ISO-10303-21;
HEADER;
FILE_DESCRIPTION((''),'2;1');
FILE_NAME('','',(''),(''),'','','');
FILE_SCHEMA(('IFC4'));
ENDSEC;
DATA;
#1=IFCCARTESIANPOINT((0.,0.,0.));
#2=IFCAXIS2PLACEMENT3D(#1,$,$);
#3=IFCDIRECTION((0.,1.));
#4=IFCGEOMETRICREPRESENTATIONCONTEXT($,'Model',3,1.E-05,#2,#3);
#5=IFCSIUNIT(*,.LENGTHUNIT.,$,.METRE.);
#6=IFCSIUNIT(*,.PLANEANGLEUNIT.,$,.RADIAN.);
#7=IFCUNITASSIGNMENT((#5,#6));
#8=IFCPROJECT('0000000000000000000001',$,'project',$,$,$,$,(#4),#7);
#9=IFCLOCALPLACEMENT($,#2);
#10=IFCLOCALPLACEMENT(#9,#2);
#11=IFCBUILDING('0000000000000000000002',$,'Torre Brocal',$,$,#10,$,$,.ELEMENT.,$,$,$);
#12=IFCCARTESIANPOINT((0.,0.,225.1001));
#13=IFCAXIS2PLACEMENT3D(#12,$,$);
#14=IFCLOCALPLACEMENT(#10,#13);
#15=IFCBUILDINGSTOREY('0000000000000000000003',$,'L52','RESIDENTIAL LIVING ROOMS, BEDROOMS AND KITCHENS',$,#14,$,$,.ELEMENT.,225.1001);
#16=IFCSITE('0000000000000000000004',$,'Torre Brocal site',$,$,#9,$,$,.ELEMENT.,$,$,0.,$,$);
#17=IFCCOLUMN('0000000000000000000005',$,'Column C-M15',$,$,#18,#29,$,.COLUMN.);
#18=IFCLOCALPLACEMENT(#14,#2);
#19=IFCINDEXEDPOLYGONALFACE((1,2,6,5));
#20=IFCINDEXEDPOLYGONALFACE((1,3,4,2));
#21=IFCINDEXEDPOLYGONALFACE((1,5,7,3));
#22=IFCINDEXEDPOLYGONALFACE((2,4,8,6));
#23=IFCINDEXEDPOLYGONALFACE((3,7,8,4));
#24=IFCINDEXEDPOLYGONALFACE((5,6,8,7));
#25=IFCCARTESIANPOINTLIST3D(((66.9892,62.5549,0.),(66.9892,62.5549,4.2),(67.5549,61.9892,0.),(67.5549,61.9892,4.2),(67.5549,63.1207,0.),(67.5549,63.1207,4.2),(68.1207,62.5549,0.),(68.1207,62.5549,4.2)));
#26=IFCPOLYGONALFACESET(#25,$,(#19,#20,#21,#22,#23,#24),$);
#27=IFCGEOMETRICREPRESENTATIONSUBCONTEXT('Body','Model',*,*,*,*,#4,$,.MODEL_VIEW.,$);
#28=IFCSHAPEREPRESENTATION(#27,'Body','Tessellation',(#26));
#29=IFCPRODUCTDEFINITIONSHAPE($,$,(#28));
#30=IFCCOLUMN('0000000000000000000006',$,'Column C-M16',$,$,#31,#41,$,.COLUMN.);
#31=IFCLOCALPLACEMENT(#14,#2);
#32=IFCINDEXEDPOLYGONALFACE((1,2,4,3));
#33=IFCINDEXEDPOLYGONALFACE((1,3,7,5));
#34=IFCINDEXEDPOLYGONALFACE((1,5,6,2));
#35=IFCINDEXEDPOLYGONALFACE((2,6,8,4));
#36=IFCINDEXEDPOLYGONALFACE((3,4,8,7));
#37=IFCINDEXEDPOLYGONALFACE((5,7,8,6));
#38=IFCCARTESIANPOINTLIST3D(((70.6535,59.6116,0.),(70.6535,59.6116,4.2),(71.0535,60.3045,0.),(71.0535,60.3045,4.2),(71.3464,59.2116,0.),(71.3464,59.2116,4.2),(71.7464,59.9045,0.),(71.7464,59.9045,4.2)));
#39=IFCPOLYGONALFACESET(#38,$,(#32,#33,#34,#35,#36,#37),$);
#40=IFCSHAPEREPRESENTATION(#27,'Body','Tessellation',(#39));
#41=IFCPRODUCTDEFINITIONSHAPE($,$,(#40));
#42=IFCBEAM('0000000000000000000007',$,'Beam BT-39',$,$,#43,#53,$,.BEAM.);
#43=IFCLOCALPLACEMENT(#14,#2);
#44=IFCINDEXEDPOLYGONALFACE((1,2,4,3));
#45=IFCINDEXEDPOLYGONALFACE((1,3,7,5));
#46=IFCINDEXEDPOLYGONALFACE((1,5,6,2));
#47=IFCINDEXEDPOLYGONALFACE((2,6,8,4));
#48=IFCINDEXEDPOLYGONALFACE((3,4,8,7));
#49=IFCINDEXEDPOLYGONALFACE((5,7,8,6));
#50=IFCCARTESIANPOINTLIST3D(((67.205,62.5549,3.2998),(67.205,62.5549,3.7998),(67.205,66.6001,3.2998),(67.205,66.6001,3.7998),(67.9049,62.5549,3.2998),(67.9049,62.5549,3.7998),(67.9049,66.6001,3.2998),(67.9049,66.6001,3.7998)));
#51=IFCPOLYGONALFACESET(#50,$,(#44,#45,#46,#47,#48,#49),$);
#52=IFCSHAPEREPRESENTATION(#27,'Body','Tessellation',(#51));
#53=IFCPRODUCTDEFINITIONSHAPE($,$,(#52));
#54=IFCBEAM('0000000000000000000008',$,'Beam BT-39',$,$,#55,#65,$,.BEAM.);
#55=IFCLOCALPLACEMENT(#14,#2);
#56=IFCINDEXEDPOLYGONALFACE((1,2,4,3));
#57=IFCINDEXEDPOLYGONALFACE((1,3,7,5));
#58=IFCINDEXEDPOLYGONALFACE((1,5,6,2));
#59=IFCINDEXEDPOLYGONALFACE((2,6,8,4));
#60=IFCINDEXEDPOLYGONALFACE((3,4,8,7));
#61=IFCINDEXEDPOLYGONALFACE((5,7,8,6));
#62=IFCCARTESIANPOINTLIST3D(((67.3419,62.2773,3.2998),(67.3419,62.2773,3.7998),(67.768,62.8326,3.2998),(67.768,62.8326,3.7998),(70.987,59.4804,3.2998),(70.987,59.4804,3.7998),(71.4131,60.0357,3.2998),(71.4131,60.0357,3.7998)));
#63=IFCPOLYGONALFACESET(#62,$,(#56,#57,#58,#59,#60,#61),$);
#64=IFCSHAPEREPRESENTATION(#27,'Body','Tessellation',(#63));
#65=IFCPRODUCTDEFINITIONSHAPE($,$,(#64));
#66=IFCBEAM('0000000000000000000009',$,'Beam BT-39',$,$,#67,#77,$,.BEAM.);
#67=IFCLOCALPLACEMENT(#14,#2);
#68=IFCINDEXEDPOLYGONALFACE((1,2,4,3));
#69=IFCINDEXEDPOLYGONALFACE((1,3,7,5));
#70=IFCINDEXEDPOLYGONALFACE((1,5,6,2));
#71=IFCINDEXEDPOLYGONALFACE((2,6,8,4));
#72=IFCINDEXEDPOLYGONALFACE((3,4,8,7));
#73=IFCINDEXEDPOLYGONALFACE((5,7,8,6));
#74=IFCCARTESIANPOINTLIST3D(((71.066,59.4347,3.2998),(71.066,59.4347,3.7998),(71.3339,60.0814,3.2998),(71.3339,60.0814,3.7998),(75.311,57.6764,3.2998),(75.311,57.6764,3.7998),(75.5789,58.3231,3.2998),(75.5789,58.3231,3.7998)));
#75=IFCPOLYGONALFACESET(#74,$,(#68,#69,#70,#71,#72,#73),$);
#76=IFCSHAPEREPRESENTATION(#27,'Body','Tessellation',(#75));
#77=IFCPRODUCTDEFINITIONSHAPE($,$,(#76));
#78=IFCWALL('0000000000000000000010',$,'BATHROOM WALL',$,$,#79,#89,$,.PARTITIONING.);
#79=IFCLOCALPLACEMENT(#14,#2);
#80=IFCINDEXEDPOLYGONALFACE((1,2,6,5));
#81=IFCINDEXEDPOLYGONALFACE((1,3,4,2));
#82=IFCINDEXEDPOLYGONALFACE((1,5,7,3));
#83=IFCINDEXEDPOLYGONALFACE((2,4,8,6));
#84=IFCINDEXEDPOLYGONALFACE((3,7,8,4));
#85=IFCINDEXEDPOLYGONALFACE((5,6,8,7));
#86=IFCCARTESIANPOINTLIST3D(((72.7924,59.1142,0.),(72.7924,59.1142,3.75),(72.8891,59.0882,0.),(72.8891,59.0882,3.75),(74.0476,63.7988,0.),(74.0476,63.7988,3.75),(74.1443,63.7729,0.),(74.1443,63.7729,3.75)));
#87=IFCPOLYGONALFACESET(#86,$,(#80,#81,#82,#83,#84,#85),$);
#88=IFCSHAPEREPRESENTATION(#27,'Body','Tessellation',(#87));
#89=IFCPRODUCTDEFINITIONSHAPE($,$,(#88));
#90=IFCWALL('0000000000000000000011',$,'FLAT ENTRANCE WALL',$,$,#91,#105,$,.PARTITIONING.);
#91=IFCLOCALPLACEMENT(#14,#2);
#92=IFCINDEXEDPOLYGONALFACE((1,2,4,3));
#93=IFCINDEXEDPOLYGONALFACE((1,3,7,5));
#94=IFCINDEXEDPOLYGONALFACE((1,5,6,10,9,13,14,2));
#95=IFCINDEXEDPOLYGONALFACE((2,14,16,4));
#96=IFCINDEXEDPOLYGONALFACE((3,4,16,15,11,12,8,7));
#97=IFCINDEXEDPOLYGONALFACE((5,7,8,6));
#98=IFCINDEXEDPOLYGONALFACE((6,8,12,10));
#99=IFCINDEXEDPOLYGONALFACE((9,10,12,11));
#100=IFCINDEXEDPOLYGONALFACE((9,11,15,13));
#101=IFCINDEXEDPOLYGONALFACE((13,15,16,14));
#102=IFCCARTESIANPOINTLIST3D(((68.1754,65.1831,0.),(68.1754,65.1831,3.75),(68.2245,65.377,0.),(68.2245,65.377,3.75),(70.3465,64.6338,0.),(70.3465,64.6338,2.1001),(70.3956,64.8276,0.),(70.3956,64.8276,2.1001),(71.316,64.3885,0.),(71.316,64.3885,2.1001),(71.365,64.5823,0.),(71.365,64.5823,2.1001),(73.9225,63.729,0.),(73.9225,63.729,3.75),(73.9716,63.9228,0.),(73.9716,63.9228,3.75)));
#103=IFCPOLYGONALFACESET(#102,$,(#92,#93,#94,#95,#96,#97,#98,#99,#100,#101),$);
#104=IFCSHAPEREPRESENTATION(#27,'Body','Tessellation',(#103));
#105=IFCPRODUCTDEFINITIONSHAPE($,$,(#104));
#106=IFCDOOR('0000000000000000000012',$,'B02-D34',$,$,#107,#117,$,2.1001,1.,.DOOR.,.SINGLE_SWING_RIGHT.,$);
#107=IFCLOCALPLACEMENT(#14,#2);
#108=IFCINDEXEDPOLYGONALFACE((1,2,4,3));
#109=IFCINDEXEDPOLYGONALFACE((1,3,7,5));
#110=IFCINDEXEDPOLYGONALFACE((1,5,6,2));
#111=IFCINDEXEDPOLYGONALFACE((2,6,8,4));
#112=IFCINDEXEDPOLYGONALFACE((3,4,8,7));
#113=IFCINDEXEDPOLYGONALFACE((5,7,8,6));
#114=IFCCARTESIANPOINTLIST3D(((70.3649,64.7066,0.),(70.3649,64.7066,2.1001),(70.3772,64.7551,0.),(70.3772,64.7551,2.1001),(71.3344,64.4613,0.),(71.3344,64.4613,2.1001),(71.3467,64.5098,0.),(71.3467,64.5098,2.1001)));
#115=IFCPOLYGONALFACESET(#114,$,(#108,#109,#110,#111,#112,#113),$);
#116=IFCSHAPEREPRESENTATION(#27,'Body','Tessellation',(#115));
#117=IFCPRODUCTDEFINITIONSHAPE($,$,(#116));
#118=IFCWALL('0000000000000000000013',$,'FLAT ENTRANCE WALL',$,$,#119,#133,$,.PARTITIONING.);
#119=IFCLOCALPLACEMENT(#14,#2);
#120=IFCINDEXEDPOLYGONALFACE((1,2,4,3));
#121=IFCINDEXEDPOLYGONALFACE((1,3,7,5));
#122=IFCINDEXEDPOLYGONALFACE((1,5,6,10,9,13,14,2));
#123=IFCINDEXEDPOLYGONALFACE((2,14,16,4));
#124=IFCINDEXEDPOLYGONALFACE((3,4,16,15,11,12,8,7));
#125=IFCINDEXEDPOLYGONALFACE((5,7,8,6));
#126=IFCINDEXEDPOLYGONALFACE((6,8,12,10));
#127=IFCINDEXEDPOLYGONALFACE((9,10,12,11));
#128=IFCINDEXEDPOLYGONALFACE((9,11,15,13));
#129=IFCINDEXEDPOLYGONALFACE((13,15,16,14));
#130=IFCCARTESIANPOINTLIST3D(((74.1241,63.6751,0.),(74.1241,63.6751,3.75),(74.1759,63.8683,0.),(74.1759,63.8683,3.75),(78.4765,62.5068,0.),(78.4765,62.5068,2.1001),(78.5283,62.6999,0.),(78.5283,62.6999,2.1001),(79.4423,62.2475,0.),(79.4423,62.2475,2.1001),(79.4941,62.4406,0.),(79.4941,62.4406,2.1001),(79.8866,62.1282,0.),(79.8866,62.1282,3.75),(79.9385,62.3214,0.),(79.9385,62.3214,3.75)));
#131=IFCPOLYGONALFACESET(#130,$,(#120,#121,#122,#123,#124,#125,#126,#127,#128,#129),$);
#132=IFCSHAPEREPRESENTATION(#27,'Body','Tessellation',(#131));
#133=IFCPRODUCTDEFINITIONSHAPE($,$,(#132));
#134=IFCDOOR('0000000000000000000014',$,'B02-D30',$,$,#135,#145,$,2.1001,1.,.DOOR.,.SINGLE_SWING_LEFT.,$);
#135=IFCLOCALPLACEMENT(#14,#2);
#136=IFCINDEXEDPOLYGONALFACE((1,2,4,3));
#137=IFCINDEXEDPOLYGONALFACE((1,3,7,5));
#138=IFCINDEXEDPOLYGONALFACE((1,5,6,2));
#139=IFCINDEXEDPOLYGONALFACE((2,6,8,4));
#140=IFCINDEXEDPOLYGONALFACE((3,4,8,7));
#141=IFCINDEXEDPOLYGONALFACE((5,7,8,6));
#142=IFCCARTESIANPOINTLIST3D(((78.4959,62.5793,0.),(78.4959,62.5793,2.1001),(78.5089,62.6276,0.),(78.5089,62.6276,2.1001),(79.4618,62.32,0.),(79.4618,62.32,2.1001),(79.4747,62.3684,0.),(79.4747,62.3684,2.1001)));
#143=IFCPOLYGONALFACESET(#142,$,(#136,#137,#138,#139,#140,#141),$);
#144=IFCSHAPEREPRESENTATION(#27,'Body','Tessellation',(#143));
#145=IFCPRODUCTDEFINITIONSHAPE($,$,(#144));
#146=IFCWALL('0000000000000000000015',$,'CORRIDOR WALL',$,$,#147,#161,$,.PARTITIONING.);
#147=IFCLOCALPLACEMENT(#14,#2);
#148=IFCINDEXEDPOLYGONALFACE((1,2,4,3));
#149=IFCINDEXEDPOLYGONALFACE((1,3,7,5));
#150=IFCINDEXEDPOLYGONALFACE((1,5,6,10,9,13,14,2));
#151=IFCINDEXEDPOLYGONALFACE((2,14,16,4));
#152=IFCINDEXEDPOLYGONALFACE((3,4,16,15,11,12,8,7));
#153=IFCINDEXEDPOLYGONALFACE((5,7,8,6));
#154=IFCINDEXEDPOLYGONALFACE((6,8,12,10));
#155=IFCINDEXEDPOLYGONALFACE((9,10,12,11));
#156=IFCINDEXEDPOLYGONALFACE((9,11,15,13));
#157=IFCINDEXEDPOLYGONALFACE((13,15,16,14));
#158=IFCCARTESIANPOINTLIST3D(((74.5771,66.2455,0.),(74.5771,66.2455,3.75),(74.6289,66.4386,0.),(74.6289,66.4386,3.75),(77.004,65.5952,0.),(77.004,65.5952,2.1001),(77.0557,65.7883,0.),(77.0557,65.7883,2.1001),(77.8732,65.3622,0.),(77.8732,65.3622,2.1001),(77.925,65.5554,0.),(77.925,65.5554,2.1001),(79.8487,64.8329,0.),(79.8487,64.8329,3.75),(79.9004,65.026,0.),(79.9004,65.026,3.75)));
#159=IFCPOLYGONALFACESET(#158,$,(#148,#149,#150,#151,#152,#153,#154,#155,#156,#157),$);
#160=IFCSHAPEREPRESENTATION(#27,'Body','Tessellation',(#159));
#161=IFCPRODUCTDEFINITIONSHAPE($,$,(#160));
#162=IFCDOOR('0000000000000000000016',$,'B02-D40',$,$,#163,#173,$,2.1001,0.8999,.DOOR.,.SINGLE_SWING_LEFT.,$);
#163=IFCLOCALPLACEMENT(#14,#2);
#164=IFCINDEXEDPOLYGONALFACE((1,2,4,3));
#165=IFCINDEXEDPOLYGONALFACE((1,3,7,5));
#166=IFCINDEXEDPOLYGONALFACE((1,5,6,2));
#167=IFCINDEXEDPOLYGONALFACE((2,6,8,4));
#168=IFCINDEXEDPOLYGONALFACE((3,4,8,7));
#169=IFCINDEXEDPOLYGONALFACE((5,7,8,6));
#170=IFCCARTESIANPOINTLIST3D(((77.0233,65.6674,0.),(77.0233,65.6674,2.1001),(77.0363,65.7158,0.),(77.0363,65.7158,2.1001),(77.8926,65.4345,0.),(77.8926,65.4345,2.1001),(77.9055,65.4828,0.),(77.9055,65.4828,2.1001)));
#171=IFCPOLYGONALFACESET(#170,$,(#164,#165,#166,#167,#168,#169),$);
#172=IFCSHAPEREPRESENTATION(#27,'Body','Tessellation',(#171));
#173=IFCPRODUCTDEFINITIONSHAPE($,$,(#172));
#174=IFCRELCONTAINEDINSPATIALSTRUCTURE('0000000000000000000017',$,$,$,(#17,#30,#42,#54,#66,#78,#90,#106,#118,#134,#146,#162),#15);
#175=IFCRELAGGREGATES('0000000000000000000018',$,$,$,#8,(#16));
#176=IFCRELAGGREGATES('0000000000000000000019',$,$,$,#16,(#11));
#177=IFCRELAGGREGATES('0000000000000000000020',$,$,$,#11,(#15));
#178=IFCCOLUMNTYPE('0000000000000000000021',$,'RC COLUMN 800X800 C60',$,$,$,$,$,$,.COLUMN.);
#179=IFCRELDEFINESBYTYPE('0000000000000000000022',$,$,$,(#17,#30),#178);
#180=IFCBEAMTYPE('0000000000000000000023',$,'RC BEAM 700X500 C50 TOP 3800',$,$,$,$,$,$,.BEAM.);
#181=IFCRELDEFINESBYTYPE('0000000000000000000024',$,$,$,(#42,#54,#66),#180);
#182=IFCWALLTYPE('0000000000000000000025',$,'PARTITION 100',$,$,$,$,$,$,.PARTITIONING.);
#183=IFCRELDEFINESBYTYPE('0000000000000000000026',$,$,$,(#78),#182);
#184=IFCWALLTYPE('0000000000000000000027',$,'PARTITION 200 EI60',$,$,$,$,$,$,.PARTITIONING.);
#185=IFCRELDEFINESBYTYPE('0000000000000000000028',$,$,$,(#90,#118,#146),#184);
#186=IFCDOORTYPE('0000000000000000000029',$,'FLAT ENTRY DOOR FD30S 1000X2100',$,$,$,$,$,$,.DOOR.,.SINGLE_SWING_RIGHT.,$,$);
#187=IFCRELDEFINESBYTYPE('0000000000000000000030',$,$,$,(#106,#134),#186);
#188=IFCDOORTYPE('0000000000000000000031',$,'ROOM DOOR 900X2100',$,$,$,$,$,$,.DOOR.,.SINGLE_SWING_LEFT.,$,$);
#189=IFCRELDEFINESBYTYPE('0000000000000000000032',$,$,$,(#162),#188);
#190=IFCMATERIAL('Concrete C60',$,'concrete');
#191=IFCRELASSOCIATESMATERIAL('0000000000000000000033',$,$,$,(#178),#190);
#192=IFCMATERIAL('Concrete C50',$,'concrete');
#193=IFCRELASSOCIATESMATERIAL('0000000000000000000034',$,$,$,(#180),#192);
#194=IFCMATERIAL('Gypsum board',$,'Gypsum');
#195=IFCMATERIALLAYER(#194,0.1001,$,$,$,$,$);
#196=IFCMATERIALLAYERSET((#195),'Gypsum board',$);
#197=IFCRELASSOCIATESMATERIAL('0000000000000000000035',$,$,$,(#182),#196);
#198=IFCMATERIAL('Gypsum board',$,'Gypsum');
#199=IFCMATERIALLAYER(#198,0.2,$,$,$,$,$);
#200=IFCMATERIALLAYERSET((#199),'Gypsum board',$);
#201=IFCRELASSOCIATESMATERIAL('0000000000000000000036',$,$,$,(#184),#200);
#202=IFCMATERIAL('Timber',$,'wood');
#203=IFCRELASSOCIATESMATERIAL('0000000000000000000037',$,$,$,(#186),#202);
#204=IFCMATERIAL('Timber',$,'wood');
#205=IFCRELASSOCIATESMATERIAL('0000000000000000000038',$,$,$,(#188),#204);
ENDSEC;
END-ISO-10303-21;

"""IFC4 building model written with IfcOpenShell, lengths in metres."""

from ifc_helpers import new_model, si_unit, direction, frame, frame_2d, origin, origin_2d, place, context, subcontext, project, spatial, rectangle, extrude, material, layer, layer_set, material_profile, profile_set, type_object, element, fill, save


model = new_model("IFC4")

# Units and contexts
model_context = context("Model", 3, precision=1e-05, world=origin(), true_north=direction((0.0, 1.0)))
body_context = subcontext(model_context, "Body", "Model", "MODEL_VIEW")
ifc_project = project(units=[si_unit("LENGTHUNIT", "METRE"), si_unit("PLANEANGLEUNIT", "RADIAN")], contexts=[model_context])

# Site, building, storey
site_placement = place(None, origin())
site = spatial("IfcSite", under=ifc_project, at=site_placement, Name="Torre Brocal site", CompositionType="ELEMENT", RefElevation=0.0)
building_placement = place(site_placement, origin())
building = spatial("IfcBuilding", under=site, at=building_placement, Name="Torre Brocal", CompositionType="ELEMENT")
storey_placement = place(building_placement, frame((0.0, 0.0, 225.1001)))
storey = spatial("IfcBuildingStorey", under=building, at=storey_placement, Name="L52", Description="RESIDENTIAL LIVING ROOMS, BEDROOMS AND KITCHENS", CompositionType="ELEMENT", Elevation=225.1001)

# Columns
ifc_material_1 = material(Name="Concrete C60", Category="concrete")
ifc_material_profile_1 = material_profile(ifc_material_1, rectangle(XDim=0.8, YDim=0.8, at=origin_2d()), Name="RC 800X800")
ifc_profile_set_1 = profile_set([ifc_material_profile_1], Name="Concrete C60")
column_type = type_object("IfcColumnType", Name="RC COLUMN 800X800 C60", PredefinedType="COLUMN", material=ifc_profile_set_1)
for number, where, z_axis, x_axis, name in (
    (1, (67.5549, 62.5549, 0.0), (0.0, 0.0, 1.0), (-0.707107, -0.707107, 0.0), "Column C-M15"),
    (2, (71.2, 59.7581, 0.0), (0.0, 0.0, 1.0), (-0.5, -0.866025, 0.0), "Column C-M16"),
):
    element("IfcColumn", number, at=place(storey_placement, frame(where, z_axis=z_axis, x_axis=x_axis)), inside=storey, type_object=column_type, Name=name, PredefinedType="COLUMN", context=body_context, shape_type="SweptSolid", body=[
        extrude(rectangle(XDim=0.8, YDim=0.8, at=origin_2d()), origin(), (0.0, 0.0, 1.0), 4.2),
    ])

# Beams
ifc_material_2 = material(Name="Concrete C50", Category="concrete")
ifc_material_profile_2 = material_profile(ifc_material_2, rectangle(XDim=0.7, YDim=0.5, at=origin_2d()), Name="RC 700X500")
ifc_profile_set_2 = profile_set([ifc_material_profile_2], Name="Concrete C50")
beam_type = type_object("IfcBeamType", Name="RC BEAM 700X500 C50 TOP 3800", PredefinedType="BEAM", material=ifc_profile_set_2)
beam_1_placement = place(storey_placement, frame((67.5549, 62.5549, 3.5498), z_axis=(0.0, 1.0, 0.0), x_axis=(-1.0, 0.0, 0.0)))
element("IfcBeam", 3, at=beam_1_placement, inside=storey, type_object=beam_type, Name="Beam BT-39", PredefinedType="BEAM", context=body_context, shape_type="SweptSolid", body=[
    extrude(rectangle(XDim=0.7, YDim=0.5, at=origin_2d()), origin(), (0.0, 0.0, 1.0), 4.0452),
])
beam_2_placement = place(storey_placement, frame((67.5549, 62.5549, 3.5498), z_axis=(0.793358, -0.608755, 0.0), x_axis=(0.608755, 0.793358, 0.0)))
element("IfcBeam", 4, at=beam_2_placement, inside=storey, type_object=beam_type, Name="Beam BT-39", PredefinedType="BEAM", context=body_context, shape_type="SweptSolid", body=[
    extrude(rectangle(XDim=0.7, YDim=0.5, at=origin_2d()), origin(), (0.0, 0.0, 1.0), 4.5945),
])
beam_3_placement = place(storey_placement, frame((71.2, 59.7581, 3.5498), z_axis=(0.923878, -0.382687, 0.0), x_axis=(0.382687, 0.923878, 0.0)))
element("IfcBeam", 5, at=beam_3_placement, inside=storey, type_object=beam_type, Name="Beam BT-39", PredefinedType="BEAM", context=body_context, shape_type="SweptSolid", body=[
    extrude(rectangle(XDim=0.7, YDim=0.5, at=origin_2d()), origin(), (0.0, 0.0, 1.0), 4.5947),
])

# Wall
ifc_material_3 = material(Name="Gypsum board", Category="Gypsum")
ifc_layer_1 = layer(ifc_material_3, 0.1001)
ifc_layer_set_1 = layer_set([ifc_layer_1], Name="Gypsum board")
wall_type_1 = type_object("IfcWallType", Name="PARTITION 100", PredefinedType="PARTITIONING", material=ifc_layer_set_1)
wall_1_placement = place(storey_placement, frame((72.8408, 59.1013, 0.0), z_axis=(0.0, 0.0, 1.0), x_axis=(0.2588, 0.965931, 0.0)))
element("IfcWall", 6, at=wall_1_placement, inside=storey, type_object=wall_type_1, Name="BATHROOM WALL", PredefinedType="PARTITIONING", context=body_context, shape_type="SweptSolid", body=[
    extrude(rectangle(XDim=4.8499, YDim=0.1001, at=frame_2d((2.4248, 0.0))), origin(), (0.0, 0.0, 1.0), 3.75),
])

# Walls, openings, doors
ifc_material_4 = material(Name="Gypsum board", Category="Gypsum")
ifc_layer_2 = layer(ifc_material_4, 0.2)
ifc_layer_set_2 = layer_set([ifc_layer_2], Name="Gypsum board")
wall_type_2 = type_object("IfcWallType", Name="PARTITION 200 EI60", PredefinedType="PARTITIONING", material=ifc_layer_set_2)
wall_2_placement = place(storey_placement, frame((68.2, 65.28, 0.0), z_axis=(0.0, 0.0, 1.0), x_axis=(0.969451, -0.245287, 0.0)))
wall_2 = element("IfcWall", 7, at=wall_2_placement, inside=storey, type_object=wall_type_2, Name="FLAT ENTRANCE WALL", PredefinedType="PARTITIONING", context=body_context, shape_type="SweptSolid", body=[
    extrude(rectangle(XDim=5.9282, YDim=0.2, at=frame_2d((2.9641, 0.0))), origin(), (0.0, 0.0, 1.0), 3.75),
])
opening_1_placement = place(wall_2_placement, frame((2.2395, 0.0, 0.0)))
opening_1 = element("IfcOpeningElement", 8, at=opening_1_placement, cuts=wall_2, PredefinedType="OPENING", context=body_context, shape_type="SweptSolid", body=[
    extrude(rectangle(XDim=1.0, YDim=2.1001, at=frame_2d((0.5, 1.05))), frame((0.0, 0.1099, 0.0), z_axis=(0.0, -1.0, 0.0), x_axis=(1.0, 0.0, 0.0)), (0.0, 0.0, 1.0), 0.22),
])
ifc_material_5 = material(Name="Timber", Category="wood")
door_type_1 = type_object("IfcDoorType", Name="FLAT ENTRY DOOR FD30S 1000X2100", OperationType="SINGLE_SWING_RIGHT", PredefinedType="DOOR", material=ifc_material_5)
door_1_placement = place(opening_1_placement, frame((1.0, 0.0, 0.0), z_axis=(0.0, 0.0, 1.0), x_axis=(-1.0, 0.0, 0.0)))
door_1 = element("IfcDoor", 9, at=door_1_placement, inside=storey, type_object=door_type_1, Name="B02-D34", OperationType="SINGLE_SWING_RIGHT", OverallHeight=2.1001, OverallWidth=1.0, PredefinedType="DOOR", context=body_context, shape_type="SweptSolid", body=[
    extrude(rectangle(XDim=1.0, YDim=2.1001, at=frame_2d((0.5, 1.05))), frame((0.0, 0.0249, 0.0), z_axis=(0.0, -1.0, 0.0), x_axis=(1.0, 0.0, 0.0)), (0.0, 0.0, 1.0), 0.05),
])
fill(opening_1, door_1)
wall_3_placement = place(storey_placement, frame((74.1499, 63.7717, 0.0), z_axis=(0.0, 0.0, 1.0), x_axis=(0.965807, -0.259262, 0.0)))
wall_3 = element("IfcWall", 10, at=wall_3_placement, inside=storey, type_object=wall_type_2, Name="FLAT ENTRANCE WALL", PredefinedType="PARTITIONING", context=body_context, shape_type="SweptSolid", body=[
    extrude(rectangle(XDim=5.9666, YDim=0.2, at=frame_2d((2.9834, 0.0))), origin(), (0.0, 0.0, 1.0), 3.75),
])
opening_2_placement = place(wall_3_placement, frame((4.5066, 0.0, 0.0)))
opening_2 = element("IfcOpeningElement", 11, at=opening_2_placement, cuts=wall_3, PredefinedType="OPENING", context=body_context, shape_type="SweptSolid", body=[
    extrude(rectangle(XDim=1.0, YDim=2.1001, at=frame_2d((0.5, 1.05))), frame((0.0, 0.1099, 0.0), z_axis=(0.0, -1.0, 0.0), x_axis=(1.0, 0.0, 0.0)), (0.0, 0.0, 1.0), 0.22),
])
door_2_placement = place(opening_2_placement, frame((1.0, 0.0, 0.0), z_axis=(0.0, 0.0, 1.0), x_axis=(-1.0, 0.0, 0.0)))
door_2 = element("IfcDoor", 12, at=door_2_placement, inside=storey, type_object=door_type_1, Name="B02-D30", OperationType="SINGLE_SWING_LEFT", OverallHeight=2.1001, OverallWidth=1.0, PredefinedType="DOOR", context=body_context, shape_type="SweptSolid", body=[
    extrude(rectangle(XDim=1.0, YDim=2.1001, at=frame_2d((0.5, 1.05))), frame((0.0, 0.0249, 0.0), z_axis=(0.0, -1.0, 0.0), x_axis=(1.0, 0.0, 0.0)), (0.0, 0.0, 1.0), 0.05),
])
fill(opening_2, door_2)
wall_4_placement = place(storey_placement, frame((74.603, 66.342, 0.0), z_axis=(0.0, 0.0, 1.0), x_axis=(0.965921, -0.258837, 0.0)))
wall_4 = element("IfcWall", 13, at=wall_4_placement, inside=storey, type_object=wall_type_2, Name="CORRIDOR WALL", PredefinedType="PARTITIONING", context=body_context, shape_type="SweptSolid", body=[
    extrude(rectangle(XDim=5.4575, YDim=0.2, at=frame_2d((2.7288, 0.0))), origin(), (0.0, 0.0, 1.0), 3.75),
])
opening_3_placement = place(wall_4_placement, frame((2.5125, 0.0, 0.0)))
opening_3 = element("IfcOpeningElement", 14, at=opening_3_placement, cuts=wall_4, PredefinedType="OPENING", context=body_context, shape_type="SweptSolid", body=[
    extrude(rectangle(XDim=0.8999, YDim=2.1001, at=frame_2d((0.45, 1.05))), frame((0.0, 0.1099, 0.0), z_axis=(0.0, -1.0, 0.0), x_axis=(1.0, 0.0, 0.0)), (0.0, 0.0, 1.0), 0.22),
])
ifc_material_6 = material(Name="Timber", Category="wood")
door_type_2 = type_object("IfcDoorType", Name="ROOM DOOR 900X2100", OperationType="SINGLE_SWING_LEFT", PredefinedType="DOOR", material=ifc_material_6)
door_3_placement = place(opening_3_placement, origin())
door_3 = element("IfcDoor", 15, at=door_3_placement, inside=storey, type_object=door_type_2, Name="B02-D40", OperationType="SINGLE_SWING_LEFT", OverallHeight=2.1001, OverallWidth=0.8999, PredefinedType="DOOR", context=body_context, shape_type="SweptSolid", body=[
    extrude(rectangle(XDim=0.8999, YDim=2.1001, at=frame_2d((0.45, 1.05))), frame((0.0, 0.0249, 0.0), z_axis=(0.0, -1.0, 0.0), x_axis=(1.0, 0.0, 0.0)), (0.0, 0.0, 1.0), 0.05),
])
fill(opening_3, door_3)

save(model, "model.ifc")
